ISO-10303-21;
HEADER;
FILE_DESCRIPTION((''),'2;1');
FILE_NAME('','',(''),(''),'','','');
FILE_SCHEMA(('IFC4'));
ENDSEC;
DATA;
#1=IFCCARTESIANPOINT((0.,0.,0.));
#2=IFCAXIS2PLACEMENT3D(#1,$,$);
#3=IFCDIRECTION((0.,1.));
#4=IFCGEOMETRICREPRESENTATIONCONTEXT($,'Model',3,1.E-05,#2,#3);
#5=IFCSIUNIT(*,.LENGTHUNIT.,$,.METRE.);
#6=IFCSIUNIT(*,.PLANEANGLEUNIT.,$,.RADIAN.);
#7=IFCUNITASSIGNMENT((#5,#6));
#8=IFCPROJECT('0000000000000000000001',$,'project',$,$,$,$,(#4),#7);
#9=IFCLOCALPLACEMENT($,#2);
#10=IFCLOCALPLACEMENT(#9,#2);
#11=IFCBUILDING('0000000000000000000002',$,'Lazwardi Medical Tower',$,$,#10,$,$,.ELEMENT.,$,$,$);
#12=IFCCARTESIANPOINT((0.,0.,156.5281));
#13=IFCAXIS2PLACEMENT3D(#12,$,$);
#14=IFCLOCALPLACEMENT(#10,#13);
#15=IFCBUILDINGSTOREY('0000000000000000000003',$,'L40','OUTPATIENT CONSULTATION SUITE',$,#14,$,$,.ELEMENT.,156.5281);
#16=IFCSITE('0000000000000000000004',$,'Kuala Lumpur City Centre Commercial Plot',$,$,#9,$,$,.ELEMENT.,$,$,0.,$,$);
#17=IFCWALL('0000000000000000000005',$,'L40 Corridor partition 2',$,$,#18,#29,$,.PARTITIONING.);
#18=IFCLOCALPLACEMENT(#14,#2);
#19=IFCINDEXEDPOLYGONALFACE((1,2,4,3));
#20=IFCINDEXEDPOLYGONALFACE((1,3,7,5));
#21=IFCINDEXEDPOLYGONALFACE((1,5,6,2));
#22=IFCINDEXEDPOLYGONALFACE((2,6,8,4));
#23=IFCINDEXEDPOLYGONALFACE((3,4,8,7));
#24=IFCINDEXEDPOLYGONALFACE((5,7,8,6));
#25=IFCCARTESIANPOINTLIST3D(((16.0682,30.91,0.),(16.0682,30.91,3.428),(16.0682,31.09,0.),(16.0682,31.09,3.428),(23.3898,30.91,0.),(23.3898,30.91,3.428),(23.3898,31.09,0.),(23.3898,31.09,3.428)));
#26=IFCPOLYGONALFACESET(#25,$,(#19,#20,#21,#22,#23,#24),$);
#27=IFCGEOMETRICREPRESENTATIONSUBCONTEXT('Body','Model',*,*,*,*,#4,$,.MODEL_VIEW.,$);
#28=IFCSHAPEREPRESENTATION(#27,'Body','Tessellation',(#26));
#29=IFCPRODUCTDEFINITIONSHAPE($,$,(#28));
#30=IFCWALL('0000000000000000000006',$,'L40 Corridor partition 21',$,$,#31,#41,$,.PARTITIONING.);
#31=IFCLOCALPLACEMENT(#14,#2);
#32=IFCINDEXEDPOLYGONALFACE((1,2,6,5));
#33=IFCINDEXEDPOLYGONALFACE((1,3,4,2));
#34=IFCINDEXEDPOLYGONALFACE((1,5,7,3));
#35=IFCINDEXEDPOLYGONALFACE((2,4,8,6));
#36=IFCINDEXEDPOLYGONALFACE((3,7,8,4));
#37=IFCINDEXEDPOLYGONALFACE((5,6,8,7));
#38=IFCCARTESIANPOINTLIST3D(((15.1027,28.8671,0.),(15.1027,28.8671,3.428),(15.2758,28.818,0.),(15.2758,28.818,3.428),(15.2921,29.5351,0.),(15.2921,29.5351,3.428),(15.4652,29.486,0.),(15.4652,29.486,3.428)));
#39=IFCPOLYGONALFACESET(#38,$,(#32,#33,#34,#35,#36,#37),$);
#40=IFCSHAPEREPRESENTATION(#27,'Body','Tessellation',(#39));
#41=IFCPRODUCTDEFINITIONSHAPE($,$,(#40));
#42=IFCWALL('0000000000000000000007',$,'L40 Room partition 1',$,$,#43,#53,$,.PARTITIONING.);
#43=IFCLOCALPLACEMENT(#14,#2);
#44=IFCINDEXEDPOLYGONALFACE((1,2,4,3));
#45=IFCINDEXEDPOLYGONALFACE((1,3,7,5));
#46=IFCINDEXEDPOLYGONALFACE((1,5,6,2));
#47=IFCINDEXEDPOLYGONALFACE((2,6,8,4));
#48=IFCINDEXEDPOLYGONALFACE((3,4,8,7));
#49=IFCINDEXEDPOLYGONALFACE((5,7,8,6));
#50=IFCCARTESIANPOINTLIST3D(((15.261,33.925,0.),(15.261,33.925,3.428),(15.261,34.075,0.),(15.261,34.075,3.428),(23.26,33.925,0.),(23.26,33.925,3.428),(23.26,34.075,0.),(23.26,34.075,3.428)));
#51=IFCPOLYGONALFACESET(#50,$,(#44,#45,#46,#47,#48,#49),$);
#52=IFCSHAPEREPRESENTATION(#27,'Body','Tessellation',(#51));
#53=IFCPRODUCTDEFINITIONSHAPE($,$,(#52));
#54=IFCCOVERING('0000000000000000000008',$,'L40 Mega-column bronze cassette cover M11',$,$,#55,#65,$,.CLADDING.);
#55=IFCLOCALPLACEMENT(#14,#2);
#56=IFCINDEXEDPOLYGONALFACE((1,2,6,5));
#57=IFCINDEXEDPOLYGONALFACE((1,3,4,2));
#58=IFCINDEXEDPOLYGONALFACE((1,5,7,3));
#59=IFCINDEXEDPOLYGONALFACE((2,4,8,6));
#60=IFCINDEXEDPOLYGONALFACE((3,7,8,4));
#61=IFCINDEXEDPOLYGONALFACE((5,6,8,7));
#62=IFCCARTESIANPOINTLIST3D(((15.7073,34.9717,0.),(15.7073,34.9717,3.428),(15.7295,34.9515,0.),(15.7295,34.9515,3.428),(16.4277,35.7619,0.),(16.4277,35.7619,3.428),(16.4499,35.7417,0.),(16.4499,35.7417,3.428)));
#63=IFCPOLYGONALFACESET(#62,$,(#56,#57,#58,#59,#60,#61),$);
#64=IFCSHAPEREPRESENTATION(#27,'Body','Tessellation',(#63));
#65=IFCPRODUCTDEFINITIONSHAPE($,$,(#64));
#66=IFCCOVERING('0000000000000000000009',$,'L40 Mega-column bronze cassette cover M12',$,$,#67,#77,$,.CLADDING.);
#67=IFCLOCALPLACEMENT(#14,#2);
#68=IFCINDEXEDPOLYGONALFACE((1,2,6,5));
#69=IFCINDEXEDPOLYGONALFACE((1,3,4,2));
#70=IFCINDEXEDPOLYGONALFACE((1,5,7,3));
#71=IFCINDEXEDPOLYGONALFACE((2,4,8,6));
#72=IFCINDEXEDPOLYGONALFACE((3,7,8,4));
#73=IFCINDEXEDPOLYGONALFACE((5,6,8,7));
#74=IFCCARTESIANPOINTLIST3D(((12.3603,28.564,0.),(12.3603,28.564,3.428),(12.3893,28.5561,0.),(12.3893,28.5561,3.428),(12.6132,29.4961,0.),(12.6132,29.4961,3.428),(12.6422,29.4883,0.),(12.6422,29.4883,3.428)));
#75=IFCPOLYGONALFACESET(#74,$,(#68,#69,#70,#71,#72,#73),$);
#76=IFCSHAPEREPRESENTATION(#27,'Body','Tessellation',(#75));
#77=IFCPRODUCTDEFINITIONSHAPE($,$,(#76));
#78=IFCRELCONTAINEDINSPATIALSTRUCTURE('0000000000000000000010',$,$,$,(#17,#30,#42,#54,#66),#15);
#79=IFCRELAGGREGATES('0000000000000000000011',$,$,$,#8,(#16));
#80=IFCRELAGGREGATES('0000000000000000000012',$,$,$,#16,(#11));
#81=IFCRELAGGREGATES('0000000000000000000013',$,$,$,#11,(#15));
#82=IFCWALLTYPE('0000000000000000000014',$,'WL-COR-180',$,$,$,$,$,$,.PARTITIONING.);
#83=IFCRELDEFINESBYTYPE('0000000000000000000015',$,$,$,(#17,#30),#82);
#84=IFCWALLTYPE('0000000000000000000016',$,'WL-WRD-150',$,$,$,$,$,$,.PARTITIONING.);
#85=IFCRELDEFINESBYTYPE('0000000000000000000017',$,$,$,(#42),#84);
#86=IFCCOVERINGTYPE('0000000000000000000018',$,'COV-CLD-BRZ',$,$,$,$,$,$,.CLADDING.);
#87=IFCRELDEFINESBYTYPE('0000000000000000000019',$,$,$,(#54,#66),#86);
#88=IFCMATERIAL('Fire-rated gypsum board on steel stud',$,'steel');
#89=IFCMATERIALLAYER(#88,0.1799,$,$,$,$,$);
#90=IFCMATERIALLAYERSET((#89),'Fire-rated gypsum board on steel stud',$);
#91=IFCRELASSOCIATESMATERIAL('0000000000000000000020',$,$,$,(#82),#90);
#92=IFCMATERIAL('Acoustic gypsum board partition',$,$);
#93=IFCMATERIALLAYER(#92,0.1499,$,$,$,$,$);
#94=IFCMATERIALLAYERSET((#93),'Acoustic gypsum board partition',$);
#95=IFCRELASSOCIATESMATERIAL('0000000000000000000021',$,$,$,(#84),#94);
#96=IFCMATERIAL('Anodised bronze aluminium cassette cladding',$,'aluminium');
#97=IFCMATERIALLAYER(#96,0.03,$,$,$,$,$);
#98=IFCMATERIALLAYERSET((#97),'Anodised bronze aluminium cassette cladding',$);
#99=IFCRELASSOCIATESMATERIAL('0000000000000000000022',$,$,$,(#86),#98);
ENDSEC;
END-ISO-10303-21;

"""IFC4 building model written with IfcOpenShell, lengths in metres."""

from ifc_helpers import new_model, si_unit, direction, frame, frame_2d, origin, origin_2d, place, context, subcontext, project, spatial, rectangle, extrude, material, layer, layer_set, type_object, element, save


model = new_model("IFC4")

# Units and contexts
model_context = context("Model", 3, precision=1e-05, world=origin(), true_north=direction((0.0, 1.0)))
body_context = subcontext(model_context, "Body", "Model", "MODEL_VIEW")
ifc_project = project(units=[si_unit("LENGTHUNIT", "METRE"), si_unit("PLANEANGLEUNIT", "RADIAN")], contexts=[model_context])

# Site, building, storey
site_placement = place(None, origin())
site = spatial("IfcSite", under=ifc_project, at=site_placement, Name="Kuala Lumpur City Centre Commercial Plot", CompositionType="ELEMENT", RefElevation=0.0)
building_placement = place(site_placement, origin())
building = spatial("IfcBuilding", under=site, at=building_placement, Name="Lazwardi Medical Tower", CompositionType="ELEMENT")
storey_placement = place(building_placement, frame((0.0, 0.0, 156.5281)))
storey = spatial("IfcBuildingStorey", under=building, at=storey_placement, Name="L40", Description="OUTPATIENT CONSULTATION SUITE", CompositionType="ELEMENT", Elevation=156.5281)

# Walls
ifc_material_1 = material(Name="Fire-rated gypsum board on steel stud", Category="steel")
ifc_layer_1 = layer(ifc_material_1, 0.1799)
ifc_layer_set_1 = layer_set([ifc_layer_1], Name="Fire-rated gypsum board on steel stud")
wall_type_1 = type_object("IfcWallType", Name="WL-COR-180", PredefinedType="PARTITIONING", material=ifc_layer_set_1)
wall_1_placement = place(storey_placement, frame((16.0684, 31.0, 0.0), z_axis=(0.0, 0.0, 1.0), x_axis=(1.0, 0.0, 0.0)))
element("IfcWall", 1, at=wall_1_placement, inside=storey, type_object=wall_type_1, Name="L40 Corridor partition 2", PredefinedType="PARTITIONING", context=body_context, shape_type="SweptSolid", body=[
    extrude(rectangle(XDim=7.3215, YDim=0.1799, at=frame_2d((3.6606, 0.0))), origin(), (0.0, 0.0, 1.0), 3.428),
])
wall_2_placement = place(storey_placement, frame((15.1892, 28.8425, 0.0), z_axis=(0.0, 0.0, 1.0), x_axis=(0.272863, 0.962053, 0.0)))
element("IfcWall", 2, at=wall_2_placement, inside=storey, type_object=wall_type_1, Name="L40 Corridor partition 21", PredefinedType="PARTITIONING", context=body_context, shape_type="SweptSolid", body=[
    extrude(rectangle(XDim=0.6943, YDim=0.1799, at=frame_2d((0.3472, 0.0))), origin(), (0.0, 0.0, 1.0), 3.428),
])
ifc_material_2 = material(Name="Acoustic gypsum board partition")
ifc_layer_2 = layer(ifc_material_2, 0.1499)
ifc_layer_set_2 = layer_set([ifc_layer_2], Name="Acoustic gypsum board partition")
wall_type_2 = type_object("IfcWallType", Name="WL-WRD-150", PredefinedType="PARTITIONING", material=ifc_layer_set_2)
wall_3_placement = place(storey_placement, frame((15.261, 34.0, 0.0), z_axis=(0.0, 0.0, 1.0), x_axis=(1.0, 0.0, 0.0)))
element("IfcWall", 3, at=wall_3_placement, inside=storey, type_object=wall_type_2, Name="L40 Room partition 1", PredefinedType="PARTITIONING", context=body_context, shape_type="SweptSolid", body=[
    extrude(rectangle(XDim=7.999, YDim=0.1499, at=frame_2d((3.9995, 0.0))), origin(), (0.0, 0.0, 1.0), 3.428),
])

# Coverings
ifc_material_3 = material(Name="Anodised bronze aluminium cassette cladding", Category="aluminium")
ifc_layer_3 = layer(ifc_material_3, 0.03)
ifc_layer_set_3 = layer_set([ifc_layer_3], Name="Anodised bronze aluminium cassette cladding")
covering_type = type_object("IfcCoveringType", Name="COV-CLD-BRZ", PredefinedType="CLADDING", material=ifc_layer_set_3)
covering_1_placement = place(storey_placement, frame((16.0786, 35.3567, 0.0), z_axis=(0.0, 0.0, 1.0), x_axis=(-0.673714, -0.738992, 0.0)))
element("IfcCovering", 4, at=covering_1_placement, inside=storey, type_object=covering_type, Name="L40 Mega-column bronze cassette cover M11", PredefinedType="CLADDING", context=body_context, shape_type="SweptSolid", body=[
    extrude(rectangle(XDim=1.0693, YDim=0.03, at=origin_2d()), origin(), (0.0, 0.0, 1.0), 3.428),
])
covering_2_placement = place(storey_placement, frame((12.5012, 29.0261, 0.0), z_axis=(0.0, 0.0, 1.0), x_axis=(-0.261829, -0.965114, 0.0)))
element("IfcCovering", 5, at=covering_2_placement, inside=storey, type_object=covering_type, Name="L40 Mega-column bronze cassette cover M12", PredefinedType="CLADDING", context=body_context, shape_type="SweptSolid", body=[
    extrude(rectangle(XDim=0.9658, YDim=0.03, at=origin_2d()), origin(), (0.0, 0.0, 1.0), 3.428),
])

save(model, "model.ifc")
